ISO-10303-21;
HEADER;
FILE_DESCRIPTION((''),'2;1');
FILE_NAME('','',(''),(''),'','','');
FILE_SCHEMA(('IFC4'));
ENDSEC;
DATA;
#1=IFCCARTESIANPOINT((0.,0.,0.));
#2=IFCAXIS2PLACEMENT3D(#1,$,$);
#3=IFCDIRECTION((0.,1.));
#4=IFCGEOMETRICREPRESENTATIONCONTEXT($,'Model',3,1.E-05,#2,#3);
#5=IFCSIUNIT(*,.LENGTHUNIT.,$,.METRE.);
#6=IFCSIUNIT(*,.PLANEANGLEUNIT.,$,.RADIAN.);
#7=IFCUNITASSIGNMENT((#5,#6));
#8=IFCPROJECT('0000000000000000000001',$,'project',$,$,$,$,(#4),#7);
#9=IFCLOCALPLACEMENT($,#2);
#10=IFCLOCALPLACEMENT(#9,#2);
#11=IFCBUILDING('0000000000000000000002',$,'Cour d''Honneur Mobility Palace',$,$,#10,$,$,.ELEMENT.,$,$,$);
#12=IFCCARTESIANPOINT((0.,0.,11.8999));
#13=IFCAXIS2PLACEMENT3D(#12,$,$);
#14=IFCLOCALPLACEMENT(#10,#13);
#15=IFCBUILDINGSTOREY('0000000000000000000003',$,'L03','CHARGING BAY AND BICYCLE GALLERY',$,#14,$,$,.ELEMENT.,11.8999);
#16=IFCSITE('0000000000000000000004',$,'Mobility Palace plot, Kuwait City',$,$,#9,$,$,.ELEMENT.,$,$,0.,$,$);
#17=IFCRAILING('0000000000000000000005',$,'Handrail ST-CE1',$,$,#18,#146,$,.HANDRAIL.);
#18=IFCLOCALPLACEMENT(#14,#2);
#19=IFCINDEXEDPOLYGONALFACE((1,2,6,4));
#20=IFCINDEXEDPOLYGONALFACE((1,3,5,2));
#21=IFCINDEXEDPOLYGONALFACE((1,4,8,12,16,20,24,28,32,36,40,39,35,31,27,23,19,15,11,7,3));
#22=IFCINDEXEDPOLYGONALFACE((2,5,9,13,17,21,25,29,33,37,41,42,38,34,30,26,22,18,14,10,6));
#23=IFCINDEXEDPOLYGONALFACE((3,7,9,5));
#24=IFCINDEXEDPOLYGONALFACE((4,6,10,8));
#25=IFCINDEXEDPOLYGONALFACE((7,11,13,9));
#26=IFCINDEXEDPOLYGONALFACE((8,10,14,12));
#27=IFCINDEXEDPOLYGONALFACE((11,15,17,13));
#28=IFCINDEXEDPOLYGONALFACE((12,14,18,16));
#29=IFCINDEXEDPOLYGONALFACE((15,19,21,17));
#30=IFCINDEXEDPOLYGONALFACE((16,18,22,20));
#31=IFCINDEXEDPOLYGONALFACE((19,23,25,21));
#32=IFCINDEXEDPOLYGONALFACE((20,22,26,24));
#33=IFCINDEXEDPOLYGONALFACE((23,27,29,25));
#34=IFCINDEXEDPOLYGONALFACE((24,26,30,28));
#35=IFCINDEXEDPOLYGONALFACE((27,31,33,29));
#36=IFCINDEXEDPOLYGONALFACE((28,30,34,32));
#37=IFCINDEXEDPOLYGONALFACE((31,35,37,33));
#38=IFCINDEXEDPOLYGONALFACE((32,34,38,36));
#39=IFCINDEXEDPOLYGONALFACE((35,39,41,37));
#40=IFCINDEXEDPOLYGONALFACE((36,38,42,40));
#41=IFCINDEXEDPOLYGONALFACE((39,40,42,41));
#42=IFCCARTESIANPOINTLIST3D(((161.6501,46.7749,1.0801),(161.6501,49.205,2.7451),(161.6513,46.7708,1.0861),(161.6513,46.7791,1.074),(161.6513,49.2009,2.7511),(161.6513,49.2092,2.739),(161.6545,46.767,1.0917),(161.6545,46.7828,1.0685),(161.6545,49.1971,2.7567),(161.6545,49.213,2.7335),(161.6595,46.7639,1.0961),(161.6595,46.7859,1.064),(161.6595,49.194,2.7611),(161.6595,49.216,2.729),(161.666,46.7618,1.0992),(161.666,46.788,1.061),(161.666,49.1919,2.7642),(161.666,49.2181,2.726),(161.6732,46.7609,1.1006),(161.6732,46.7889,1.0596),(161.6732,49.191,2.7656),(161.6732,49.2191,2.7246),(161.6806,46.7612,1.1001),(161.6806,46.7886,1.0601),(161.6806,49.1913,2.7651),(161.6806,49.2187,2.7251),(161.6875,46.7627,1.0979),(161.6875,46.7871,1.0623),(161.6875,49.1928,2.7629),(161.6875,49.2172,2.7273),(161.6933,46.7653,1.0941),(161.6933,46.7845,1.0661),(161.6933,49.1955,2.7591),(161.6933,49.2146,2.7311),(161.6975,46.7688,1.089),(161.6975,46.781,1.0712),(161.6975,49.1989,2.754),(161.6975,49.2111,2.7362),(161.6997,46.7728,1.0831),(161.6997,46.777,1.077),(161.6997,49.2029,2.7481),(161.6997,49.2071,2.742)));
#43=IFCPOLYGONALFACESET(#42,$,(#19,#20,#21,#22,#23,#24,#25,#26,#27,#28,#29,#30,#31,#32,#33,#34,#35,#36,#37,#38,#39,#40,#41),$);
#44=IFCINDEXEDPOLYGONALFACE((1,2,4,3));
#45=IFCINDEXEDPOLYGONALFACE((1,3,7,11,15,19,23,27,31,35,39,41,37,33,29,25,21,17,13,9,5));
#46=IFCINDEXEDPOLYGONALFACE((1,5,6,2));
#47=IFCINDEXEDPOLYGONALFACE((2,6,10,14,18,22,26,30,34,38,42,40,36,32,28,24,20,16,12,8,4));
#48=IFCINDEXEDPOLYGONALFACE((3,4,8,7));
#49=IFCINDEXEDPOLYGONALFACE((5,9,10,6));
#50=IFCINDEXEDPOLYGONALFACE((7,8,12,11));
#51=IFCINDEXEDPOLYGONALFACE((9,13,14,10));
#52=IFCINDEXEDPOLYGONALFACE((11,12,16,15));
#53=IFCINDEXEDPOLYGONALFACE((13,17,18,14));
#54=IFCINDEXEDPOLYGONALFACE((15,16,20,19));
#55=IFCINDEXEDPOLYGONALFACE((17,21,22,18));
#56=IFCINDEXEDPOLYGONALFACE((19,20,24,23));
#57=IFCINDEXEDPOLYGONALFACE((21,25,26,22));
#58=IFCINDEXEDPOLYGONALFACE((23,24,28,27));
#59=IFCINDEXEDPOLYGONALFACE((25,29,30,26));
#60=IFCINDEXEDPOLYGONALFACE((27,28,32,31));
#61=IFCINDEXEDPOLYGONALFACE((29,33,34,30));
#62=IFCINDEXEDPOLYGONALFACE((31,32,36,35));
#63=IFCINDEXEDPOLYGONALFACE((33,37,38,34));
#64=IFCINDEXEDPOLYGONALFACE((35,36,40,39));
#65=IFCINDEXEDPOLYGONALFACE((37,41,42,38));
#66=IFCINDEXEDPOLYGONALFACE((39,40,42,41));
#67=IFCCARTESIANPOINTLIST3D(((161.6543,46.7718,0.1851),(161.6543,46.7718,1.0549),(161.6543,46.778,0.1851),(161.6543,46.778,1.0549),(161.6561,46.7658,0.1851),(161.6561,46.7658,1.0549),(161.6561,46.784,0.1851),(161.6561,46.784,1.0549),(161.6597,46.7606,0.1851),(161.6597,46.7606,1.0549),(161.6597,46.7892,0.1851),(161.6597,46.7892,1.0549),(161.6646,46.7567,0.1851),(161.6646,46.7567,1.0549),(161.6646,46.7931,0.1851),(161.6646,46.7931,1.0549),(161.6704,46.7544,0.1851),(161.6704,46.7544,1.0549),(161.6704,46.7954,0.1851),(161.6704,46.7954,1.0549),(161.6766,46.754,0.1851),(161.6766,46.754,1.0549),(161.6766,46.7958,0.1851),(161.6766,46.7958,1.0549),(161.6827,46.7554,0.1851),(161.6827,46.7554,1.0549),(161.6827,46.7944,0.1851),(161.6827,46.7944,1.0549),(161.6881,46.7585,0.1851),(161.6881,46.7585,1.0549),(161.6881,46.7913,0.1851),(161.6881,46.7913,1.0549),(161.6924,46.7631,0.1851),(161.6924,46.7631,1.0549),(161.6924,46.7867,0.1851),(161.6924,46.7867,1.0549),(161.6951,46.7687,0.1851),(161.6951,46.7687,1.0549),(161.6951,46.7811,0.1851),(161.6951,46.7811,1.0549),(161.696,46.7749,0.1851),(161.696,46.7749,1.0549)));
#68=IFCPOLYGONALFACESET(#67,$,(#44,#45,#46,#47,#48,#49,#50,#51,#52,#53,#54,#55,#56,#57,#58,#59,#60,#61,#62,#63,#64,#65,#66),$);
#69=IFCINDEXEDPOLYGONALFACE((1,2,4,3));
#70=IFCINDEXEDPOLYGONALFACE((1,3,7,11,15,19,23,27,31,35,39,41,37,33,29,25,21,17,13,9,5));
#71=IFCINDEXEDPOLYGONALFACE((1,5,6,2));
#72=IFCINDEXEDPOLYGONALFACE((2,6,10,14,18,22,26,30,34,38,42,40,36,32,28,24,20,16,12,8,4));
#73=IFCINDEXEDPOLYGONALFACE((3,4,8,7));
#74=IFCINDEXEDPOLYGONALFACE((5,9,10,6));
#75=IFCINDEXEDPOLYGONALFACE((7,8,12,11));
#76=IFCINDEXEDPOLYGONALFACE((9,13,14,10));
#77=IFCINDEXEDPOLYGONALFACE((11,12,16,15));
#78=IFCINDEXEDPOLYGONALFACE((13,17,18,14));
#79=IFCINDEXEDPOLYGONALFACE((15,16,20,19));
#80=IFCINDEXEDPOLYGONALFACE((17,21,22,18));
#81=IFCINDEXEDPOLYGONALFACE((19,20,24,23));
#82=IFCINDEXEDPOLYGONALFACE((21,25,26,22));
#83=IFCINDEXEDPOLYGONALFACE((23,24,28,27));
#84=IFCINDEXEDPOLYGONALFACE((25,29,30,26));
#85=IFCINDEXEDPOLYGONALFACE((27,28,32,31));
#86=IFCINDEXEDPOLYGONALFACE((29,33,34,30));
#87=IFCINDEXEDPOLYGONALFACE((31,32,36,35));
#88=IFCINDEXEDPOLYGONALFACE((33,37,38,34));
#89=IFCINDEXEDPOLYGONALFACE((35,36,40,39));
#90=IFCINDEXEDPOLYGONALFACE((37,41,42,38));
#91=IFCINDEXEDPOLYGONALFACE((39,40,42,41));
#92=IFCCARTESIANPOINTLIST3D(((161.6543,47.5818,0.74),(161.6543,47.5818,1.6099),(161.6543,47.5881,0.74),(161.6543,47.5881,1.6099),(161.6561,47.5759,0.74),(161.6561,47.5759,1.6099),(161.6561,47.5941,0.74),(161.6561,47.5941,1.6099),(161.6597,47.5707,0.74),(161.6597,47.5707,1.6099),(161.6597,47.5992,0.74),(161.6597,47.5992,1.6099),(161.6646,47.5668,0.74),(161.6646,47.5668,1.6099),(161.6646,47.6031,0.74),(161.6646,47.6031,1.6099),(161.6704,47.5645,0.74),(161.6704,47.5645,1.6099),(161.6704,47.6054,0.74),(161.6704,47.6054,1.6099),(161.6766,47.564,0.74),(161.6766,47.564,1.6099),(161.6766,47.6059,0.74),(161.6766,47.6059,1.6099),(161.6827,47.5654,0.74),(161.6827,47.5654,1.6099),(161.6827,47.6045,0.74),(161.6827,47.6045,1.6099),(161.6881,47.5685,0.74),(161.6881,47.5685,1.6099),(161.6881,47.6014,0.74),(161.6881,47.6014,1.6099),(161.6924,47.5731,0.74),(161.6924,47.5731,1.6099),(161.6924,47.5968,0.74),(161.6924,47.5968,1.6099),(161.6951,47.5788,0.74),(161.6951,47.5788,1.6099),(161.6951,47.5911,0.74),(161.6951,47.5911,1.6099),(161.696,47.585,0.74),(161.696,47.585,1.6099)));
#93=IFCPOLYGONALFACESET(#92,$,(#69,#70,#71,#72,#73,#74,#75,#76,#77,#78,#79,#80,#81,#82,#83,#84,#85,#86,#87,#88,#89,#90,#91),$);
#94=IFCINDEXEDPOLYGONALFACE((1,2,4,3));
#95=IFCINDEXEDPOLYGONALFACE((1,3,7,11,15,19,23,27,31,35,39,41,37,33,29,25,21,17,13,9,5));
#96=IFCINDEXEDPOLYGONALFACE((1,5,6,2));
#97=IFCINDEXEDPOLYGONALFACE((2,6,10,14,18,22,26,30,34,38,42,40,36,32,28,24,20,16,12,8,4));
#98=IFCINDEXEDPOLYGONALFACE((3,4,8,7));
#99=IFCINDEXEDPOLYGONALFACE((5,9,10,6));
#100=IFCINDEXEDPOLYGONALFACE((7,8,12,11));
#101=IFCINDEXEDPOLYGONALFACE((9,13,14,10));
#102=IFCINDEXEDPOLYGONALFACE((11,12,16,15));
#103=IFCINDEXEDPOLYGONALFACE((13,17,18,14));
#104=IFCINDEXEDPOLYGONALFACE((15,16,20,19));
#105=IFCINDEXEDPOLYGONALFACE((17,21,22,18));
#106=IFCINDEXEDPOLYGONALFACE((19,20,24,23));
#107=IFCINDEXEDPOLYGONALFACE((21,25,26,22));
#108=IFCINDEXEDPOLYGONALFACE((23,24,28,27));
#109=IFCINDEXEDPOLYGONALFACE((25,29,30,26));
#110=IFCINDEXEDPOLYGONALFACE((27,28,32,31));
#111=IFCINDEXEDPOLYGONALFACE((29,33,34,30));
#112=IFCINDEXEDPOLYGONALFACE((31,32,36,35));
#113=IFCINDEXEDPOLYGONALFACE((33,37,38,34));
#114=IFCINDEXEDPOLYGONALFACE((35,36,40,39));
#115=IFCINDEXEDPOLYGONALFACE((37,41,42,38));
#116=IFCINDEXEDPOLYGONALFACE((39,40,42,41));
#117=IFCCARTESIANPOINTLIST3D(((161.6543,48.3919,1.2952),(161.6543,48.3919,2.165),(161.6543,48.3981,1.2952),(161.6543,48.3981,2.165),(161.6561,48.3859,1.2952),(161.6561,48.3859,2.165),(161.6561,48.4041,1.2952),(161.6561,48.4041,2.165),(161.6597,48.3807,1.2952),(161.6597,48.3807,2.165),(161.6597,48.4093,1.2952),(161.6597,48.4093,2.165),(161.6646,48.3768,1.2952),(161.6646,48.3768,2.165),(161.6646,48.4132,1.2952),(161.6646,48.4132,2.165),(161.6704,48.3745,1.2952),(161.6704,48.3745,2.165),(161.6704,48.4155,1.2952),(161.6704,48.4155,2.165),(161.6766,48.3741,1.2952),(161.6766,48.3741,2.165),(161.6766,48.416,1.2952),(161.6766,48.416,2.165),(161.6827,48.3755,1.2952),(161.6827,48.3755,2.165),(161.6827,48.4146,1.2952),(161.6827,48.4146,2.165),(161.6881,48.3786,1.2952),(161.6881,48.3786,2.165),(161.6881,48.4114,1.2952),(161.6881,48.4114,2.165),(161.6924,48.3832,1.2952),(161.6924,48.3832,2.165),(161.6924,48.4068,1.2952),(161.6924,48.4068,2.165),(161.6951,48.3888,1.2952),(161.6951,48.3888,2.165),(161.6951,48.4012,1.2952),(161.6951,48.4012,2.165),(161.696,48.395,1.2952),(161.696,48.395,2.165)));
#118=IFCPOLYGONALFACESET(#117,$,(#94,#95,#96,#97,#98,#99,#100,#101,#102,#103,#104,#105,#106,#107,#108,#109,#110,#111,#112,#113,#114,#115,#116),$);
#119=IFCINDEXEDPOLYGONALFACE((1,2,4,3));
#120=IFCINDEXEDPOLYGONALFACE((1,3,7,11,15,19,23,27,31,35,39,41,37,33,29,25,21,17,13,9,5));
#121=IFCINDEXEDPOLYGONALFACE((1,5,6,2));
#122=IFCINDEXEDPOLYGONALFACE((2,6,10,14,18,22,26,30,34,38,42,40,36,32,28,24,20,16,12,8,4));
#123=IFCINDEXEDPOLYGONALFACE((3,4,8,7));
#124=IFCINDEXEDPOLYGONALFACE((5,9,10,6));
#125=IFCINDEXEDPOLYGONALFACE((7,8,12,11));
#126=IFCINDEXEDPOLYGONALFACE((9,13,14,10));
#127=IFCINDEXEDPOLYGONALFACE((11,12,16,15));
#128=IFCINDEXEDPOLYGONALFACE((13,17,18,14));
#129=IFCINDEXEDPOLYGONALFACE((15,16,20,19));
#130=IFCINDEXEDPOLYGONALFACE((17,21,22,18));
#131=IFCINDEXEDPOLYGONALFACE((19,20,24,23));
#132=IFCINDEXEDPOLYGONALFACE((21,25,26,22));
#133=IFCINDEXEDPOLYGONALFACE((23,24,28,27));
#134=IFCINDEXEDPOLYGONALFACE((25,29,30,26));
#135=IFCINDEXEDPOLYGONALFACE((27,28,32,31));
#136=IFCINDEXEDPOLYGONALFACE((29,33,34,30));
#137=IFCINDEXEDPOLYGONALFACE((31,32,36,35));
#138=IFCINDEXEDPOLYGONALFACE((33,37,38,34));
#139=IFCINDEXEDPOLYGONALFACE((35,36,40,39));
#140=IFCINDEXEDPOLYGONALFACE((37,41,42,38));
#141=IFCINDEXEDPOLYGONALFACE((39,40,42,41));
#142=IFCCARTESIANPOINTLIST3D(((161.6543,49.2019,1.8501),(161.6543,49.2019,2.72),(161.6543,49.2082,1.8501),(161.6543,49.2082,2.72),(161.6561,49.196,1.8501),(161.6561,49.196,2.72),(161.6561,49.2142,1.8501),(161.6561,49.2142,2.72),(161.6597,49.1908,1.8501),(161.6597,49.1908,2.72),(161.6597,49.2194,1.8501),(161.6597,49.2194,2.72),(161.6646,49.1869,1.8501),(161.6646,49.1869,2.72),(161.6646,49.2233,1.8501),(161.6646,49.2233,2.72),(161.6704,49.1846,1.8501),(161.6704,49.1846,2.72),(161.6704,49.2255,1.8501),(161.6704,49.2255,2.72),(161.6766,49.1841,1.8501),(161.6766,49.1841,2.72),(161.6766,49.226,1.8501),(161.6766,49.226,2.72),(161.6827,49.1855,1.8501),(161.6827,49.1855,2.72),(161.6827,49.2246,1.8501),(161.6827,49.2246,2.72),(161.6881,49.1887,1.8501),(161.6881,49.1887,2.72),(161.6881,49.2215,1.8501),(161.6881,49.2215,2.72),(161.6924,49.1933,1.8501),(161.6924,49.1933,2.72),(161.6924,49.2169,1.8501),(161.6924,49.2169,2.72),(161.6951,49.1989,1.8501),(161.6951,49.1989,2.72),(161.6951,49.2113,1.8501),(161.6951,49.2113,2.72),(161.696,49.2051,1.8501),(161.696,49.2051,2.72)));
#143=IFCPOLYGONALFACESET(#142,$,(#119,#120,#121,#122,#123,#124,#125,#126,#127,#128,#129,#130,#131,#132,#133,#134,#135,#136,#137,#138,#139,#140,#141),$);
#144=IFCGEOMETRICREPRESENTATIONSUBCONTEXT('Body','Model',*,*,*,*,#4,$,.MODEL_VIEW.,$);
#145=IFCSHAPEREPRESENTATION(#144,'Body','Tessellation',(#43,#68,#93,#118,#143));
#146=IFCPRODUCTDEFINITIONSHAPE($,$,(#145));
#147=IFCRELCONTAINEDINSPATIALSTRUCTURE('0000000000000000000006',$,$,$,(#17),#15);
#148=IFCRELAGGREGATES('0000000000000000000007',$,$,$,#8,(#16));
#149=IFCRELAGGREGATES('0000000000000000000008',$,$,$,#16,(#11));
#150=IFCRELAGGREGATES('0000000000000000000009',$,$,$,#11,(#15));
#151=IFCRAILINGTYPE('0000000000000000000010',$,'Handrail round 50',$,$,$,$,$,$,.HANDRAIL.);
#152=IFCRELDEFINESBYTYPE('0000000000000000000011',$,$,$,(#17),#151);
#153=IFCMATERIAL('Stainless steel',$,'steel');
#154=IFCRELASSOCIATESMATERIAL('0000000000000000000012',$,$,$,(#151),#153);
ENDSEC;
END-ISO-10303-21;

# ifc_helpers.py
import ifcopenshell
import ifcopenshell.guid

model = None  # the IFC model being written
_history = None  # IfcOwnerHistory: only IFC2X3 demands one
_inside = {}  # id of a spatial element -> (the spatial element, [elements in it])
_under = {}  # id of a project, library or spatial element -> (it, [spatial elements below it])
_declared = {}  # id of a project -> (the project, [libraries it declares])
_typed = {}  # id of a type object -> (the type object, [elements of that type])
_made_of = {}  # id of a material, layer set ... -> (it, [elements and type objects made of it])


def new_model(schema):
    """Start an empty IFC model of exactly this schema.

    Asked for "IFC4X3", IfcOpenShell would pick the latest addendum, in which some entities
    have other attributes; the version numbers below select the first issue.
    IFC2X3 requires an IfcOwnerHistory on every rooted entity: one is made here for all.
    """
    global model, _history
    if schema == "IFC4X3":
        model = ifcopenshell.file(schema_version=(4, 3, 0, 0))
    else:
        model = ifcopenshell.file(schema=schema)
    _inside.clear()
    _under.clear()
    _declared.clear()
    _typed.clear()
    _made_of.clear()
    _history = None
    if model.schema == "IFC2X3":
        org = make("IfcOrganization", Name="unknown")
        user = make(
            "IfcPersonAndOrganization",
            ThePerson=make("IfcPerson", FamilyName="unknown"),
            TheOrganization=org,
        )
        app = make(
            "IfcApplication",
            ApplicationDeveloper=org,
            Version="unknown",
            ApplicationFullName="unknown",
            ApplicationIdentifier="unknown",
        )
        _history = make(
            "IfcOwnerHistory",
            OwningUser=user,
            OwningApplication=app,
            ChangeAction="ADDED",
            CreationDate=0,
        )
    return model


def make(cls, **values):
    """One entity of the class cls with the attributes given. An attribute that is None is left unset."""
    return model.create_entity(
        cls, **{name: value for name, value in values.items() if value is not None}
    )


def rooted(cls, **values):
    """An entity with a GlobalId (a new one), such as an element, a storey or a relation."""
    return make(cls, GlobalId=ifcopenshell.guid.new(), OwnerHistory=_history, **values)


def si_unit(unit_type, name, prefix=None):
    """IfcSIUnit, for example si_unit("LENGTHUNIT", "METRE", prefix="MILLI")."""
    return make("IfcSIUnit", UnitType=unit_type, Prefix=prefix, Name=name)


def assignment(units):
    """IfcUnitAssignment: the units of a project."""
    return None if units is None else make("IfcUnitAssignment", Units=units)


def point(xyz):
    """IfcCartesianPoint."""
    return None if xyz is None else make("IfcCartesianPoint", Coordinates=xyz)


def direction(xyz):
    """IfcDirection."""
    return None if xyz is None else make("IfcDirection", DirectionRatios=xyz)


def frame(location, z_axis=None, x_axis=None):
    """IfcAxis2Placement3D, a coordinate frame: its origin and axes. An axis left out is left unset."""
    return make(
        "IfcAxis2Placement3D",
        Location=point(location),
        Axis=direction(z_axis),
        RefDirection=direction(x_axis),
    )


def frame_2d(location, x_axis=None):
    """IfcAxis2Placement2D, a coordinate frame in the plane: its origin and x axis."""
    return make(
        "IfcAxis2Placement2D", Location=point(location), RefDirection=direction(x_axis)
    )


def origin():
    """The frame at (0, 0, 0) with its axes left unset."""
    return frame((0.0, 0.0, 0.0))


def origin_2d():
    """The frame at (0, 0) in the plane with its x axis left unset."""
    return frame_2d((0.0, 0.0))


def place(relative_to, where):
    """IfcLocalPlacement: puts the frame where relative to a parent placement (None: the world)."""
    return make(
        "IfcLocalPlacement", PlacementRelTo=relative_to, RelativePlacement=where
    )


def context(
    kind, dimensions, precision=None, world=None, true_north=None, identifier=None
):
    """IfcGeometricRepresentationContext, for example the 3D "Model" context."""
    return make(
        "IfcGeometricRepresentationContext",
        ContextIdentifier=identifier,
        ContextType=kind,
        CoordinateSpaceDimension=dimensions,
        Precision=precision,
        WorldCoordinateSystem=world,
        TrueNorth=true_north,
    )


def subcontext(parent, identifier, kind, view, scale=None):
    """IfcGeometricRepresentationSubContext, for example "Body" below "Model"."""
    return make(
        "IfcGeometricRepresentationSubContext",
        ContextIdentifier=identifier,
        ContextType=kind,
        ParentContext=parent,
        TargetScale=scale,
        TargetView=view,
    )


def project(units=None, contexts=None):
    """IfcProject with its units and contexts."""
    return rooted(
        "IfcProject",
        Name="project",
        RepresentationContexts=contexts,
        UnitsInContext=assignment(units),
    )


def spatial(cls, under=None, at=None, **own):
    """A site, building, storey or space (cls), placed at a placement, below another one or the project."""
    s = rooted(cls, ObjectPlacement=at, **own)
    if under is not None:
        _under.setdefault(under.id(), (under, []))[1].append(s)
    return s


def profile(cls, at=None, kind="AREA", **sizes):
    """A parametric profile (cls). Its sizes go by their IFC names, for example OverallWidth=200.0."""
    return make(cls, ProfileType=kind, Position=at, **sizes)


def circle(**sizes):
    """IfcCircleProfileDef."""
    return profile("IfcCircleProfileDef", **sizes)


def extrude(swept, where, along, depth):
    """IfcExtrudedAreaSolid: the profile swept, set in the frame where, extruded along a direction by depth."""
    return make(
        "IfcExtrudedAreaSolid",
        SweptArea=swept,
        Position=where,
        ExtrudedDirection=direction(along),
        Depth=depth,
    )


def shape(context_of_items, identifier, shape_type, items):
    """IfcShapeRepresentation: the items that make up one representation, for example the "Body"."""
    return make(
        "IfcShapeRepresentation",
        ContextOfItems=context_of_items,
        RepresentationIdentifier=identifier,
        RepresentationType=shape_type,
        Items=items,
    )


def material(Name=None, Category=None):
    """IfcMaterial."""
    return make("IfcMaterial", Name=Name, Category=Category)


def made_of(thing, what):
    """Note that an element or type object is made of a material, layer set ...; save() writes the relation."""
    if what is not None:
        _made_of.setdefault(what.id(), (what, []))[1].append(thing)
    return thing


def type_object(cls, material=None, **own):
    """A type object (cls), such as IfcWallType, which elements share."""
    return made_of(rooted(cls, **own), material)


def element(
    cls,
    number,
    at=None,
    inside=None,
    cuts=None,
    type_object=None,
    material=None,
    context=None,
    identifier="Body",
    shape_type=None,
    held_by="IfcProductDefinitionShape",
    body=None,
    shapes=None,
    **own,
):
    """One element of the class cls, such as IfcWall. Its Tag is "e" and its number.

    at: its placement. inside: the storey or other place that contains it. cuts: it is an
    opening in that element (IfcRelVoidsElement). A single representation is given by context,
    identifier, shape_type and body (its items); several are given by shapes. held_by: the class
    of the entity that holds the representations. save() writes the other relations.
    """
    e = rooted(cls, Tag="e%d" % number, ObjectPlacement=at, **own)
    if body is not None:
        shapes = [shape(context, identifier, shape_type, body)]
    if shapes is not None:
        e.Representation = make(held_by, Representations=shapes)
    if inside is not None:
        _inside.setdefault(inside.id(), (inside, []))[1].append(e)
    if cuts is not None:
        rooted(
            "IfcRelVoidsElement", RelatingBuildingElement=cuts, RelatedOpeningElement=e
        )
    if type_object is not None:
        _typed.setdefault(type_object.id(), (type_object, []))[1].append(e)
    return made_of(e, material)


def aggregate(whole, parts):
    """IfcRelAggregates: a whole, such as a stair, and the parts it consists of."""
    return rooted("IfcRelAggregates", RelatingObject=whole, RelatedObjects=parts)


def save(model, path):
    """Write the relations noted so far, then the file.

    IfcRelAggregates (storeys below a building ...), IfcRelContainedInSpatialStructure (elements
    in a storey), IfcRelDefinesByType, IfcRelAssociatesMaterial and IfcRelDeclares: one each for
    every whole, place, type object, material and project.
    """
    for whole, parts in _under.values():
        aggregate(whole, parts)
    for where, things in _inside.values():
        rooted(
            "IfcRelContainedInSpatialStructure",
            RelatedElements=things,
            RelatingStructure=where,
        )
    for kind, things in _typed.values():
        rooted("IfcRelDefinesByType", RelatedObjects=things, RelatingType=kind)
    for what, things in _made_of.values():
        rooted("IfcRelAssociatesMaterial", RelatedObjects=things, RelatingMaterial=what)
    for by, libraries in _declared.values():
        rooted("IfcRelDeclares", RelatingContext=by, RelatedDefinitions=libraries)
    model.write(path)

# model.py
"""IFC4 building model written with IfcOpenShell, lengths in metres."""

from ifc_helpers import new_model, si_unit, direction, frame, origin, origin_2d, place, context, subcontext, project, spatial, circle, extrude, material, type_object, element, save


model = new_model("IFC4")

# Units and contexts
model_context = context("Model", 3, precision=1e-05, world=origin(), true_north=direction((0.0, 1.0)))
body_context = subcontext(model_context, "Body", "Model", "MODEL_VIEW")
ifc_project = project(units=[si_unit("LENGTHUNIT", "METRE"), si_unit("PLANEANGLEUNIT", "RADIAN")], contexts=[model_context])

# Site, building, storey
site_placement = place(None, origin())
site = spatial("IfcSite", under=ifc_project, at=site_placement, Name="Mobility Palace plot, Kuwait City", CompositionType="ELEMENT", RefElevation=0.0)
building_placement = place(site_placement, origin())
building = spatial("IfcBuilding", under=site, at=building_placement, Name="Cour d'Honneur Mobility Palace", CompositionType="ELEMENT")
storey_placement = place(building_placement, frame((0.0, 0.0, 11.8999)))
storey = spatial("IfcBuildingStorey", under=building, at=storey_placement, Name="L03", Description="CHARGING BAY AND BICYCLE GALLERY", CompositionType="ELEMENT", Elevation=11.8999)

# Railing
ifc_material_1 = material(Name="Stainless steel", Category="steel")
railing_type_1 = type_object("IfcRailingType", Name="Handrail round 50", PredefinedType="HANDRAIL", material=ifc_material_1)
for number, where, name in (
    (1, (161.675, 46.7749, 0.1851), "Handrail ST-CE1"),
):
    element("IfcRailing", number, at=place(storey_placement, frame(where)), inside=storey, type_object=railing_type_1, Name=name, PredefinedType="HANDRAIL", context=body_context, shape_type="SweptSolid", body=[
        extrude(circle(Radius=0.0249, at=origin_2d()), frame((0.0, 0.0, 0.895), z_axis=(0.0, 0.824945, 0.565213), x_axis=(-1.0, 0.0, 0.0)), (0.0, 0.0, 1.0), 2.9458),
        extrude(circle(Radius=0.021, at=origin_2d()), origin(), (0.0, 0.0, 1.0), 0.8699),
        extrude(circle(Radius=0.021, at=origin_2d()), frame((0.0, 0.8101, 0.5549)), (0.0, 0.0, 1.0), 0.8699),
        extrude(circle(Radius=0.021, at=origin_2d()), frame((0.0, 1.6201, 1.1101)), (0.0, 0.0, 1.0), 0.8699),
        extrude(circle(Radius=0.021, at=origin_2d()), frame((0.0, 2.4302, 1.665)), (0.0, 0.0, 1.0), 0.8699),
    ])

save(model, "model.ifc")
